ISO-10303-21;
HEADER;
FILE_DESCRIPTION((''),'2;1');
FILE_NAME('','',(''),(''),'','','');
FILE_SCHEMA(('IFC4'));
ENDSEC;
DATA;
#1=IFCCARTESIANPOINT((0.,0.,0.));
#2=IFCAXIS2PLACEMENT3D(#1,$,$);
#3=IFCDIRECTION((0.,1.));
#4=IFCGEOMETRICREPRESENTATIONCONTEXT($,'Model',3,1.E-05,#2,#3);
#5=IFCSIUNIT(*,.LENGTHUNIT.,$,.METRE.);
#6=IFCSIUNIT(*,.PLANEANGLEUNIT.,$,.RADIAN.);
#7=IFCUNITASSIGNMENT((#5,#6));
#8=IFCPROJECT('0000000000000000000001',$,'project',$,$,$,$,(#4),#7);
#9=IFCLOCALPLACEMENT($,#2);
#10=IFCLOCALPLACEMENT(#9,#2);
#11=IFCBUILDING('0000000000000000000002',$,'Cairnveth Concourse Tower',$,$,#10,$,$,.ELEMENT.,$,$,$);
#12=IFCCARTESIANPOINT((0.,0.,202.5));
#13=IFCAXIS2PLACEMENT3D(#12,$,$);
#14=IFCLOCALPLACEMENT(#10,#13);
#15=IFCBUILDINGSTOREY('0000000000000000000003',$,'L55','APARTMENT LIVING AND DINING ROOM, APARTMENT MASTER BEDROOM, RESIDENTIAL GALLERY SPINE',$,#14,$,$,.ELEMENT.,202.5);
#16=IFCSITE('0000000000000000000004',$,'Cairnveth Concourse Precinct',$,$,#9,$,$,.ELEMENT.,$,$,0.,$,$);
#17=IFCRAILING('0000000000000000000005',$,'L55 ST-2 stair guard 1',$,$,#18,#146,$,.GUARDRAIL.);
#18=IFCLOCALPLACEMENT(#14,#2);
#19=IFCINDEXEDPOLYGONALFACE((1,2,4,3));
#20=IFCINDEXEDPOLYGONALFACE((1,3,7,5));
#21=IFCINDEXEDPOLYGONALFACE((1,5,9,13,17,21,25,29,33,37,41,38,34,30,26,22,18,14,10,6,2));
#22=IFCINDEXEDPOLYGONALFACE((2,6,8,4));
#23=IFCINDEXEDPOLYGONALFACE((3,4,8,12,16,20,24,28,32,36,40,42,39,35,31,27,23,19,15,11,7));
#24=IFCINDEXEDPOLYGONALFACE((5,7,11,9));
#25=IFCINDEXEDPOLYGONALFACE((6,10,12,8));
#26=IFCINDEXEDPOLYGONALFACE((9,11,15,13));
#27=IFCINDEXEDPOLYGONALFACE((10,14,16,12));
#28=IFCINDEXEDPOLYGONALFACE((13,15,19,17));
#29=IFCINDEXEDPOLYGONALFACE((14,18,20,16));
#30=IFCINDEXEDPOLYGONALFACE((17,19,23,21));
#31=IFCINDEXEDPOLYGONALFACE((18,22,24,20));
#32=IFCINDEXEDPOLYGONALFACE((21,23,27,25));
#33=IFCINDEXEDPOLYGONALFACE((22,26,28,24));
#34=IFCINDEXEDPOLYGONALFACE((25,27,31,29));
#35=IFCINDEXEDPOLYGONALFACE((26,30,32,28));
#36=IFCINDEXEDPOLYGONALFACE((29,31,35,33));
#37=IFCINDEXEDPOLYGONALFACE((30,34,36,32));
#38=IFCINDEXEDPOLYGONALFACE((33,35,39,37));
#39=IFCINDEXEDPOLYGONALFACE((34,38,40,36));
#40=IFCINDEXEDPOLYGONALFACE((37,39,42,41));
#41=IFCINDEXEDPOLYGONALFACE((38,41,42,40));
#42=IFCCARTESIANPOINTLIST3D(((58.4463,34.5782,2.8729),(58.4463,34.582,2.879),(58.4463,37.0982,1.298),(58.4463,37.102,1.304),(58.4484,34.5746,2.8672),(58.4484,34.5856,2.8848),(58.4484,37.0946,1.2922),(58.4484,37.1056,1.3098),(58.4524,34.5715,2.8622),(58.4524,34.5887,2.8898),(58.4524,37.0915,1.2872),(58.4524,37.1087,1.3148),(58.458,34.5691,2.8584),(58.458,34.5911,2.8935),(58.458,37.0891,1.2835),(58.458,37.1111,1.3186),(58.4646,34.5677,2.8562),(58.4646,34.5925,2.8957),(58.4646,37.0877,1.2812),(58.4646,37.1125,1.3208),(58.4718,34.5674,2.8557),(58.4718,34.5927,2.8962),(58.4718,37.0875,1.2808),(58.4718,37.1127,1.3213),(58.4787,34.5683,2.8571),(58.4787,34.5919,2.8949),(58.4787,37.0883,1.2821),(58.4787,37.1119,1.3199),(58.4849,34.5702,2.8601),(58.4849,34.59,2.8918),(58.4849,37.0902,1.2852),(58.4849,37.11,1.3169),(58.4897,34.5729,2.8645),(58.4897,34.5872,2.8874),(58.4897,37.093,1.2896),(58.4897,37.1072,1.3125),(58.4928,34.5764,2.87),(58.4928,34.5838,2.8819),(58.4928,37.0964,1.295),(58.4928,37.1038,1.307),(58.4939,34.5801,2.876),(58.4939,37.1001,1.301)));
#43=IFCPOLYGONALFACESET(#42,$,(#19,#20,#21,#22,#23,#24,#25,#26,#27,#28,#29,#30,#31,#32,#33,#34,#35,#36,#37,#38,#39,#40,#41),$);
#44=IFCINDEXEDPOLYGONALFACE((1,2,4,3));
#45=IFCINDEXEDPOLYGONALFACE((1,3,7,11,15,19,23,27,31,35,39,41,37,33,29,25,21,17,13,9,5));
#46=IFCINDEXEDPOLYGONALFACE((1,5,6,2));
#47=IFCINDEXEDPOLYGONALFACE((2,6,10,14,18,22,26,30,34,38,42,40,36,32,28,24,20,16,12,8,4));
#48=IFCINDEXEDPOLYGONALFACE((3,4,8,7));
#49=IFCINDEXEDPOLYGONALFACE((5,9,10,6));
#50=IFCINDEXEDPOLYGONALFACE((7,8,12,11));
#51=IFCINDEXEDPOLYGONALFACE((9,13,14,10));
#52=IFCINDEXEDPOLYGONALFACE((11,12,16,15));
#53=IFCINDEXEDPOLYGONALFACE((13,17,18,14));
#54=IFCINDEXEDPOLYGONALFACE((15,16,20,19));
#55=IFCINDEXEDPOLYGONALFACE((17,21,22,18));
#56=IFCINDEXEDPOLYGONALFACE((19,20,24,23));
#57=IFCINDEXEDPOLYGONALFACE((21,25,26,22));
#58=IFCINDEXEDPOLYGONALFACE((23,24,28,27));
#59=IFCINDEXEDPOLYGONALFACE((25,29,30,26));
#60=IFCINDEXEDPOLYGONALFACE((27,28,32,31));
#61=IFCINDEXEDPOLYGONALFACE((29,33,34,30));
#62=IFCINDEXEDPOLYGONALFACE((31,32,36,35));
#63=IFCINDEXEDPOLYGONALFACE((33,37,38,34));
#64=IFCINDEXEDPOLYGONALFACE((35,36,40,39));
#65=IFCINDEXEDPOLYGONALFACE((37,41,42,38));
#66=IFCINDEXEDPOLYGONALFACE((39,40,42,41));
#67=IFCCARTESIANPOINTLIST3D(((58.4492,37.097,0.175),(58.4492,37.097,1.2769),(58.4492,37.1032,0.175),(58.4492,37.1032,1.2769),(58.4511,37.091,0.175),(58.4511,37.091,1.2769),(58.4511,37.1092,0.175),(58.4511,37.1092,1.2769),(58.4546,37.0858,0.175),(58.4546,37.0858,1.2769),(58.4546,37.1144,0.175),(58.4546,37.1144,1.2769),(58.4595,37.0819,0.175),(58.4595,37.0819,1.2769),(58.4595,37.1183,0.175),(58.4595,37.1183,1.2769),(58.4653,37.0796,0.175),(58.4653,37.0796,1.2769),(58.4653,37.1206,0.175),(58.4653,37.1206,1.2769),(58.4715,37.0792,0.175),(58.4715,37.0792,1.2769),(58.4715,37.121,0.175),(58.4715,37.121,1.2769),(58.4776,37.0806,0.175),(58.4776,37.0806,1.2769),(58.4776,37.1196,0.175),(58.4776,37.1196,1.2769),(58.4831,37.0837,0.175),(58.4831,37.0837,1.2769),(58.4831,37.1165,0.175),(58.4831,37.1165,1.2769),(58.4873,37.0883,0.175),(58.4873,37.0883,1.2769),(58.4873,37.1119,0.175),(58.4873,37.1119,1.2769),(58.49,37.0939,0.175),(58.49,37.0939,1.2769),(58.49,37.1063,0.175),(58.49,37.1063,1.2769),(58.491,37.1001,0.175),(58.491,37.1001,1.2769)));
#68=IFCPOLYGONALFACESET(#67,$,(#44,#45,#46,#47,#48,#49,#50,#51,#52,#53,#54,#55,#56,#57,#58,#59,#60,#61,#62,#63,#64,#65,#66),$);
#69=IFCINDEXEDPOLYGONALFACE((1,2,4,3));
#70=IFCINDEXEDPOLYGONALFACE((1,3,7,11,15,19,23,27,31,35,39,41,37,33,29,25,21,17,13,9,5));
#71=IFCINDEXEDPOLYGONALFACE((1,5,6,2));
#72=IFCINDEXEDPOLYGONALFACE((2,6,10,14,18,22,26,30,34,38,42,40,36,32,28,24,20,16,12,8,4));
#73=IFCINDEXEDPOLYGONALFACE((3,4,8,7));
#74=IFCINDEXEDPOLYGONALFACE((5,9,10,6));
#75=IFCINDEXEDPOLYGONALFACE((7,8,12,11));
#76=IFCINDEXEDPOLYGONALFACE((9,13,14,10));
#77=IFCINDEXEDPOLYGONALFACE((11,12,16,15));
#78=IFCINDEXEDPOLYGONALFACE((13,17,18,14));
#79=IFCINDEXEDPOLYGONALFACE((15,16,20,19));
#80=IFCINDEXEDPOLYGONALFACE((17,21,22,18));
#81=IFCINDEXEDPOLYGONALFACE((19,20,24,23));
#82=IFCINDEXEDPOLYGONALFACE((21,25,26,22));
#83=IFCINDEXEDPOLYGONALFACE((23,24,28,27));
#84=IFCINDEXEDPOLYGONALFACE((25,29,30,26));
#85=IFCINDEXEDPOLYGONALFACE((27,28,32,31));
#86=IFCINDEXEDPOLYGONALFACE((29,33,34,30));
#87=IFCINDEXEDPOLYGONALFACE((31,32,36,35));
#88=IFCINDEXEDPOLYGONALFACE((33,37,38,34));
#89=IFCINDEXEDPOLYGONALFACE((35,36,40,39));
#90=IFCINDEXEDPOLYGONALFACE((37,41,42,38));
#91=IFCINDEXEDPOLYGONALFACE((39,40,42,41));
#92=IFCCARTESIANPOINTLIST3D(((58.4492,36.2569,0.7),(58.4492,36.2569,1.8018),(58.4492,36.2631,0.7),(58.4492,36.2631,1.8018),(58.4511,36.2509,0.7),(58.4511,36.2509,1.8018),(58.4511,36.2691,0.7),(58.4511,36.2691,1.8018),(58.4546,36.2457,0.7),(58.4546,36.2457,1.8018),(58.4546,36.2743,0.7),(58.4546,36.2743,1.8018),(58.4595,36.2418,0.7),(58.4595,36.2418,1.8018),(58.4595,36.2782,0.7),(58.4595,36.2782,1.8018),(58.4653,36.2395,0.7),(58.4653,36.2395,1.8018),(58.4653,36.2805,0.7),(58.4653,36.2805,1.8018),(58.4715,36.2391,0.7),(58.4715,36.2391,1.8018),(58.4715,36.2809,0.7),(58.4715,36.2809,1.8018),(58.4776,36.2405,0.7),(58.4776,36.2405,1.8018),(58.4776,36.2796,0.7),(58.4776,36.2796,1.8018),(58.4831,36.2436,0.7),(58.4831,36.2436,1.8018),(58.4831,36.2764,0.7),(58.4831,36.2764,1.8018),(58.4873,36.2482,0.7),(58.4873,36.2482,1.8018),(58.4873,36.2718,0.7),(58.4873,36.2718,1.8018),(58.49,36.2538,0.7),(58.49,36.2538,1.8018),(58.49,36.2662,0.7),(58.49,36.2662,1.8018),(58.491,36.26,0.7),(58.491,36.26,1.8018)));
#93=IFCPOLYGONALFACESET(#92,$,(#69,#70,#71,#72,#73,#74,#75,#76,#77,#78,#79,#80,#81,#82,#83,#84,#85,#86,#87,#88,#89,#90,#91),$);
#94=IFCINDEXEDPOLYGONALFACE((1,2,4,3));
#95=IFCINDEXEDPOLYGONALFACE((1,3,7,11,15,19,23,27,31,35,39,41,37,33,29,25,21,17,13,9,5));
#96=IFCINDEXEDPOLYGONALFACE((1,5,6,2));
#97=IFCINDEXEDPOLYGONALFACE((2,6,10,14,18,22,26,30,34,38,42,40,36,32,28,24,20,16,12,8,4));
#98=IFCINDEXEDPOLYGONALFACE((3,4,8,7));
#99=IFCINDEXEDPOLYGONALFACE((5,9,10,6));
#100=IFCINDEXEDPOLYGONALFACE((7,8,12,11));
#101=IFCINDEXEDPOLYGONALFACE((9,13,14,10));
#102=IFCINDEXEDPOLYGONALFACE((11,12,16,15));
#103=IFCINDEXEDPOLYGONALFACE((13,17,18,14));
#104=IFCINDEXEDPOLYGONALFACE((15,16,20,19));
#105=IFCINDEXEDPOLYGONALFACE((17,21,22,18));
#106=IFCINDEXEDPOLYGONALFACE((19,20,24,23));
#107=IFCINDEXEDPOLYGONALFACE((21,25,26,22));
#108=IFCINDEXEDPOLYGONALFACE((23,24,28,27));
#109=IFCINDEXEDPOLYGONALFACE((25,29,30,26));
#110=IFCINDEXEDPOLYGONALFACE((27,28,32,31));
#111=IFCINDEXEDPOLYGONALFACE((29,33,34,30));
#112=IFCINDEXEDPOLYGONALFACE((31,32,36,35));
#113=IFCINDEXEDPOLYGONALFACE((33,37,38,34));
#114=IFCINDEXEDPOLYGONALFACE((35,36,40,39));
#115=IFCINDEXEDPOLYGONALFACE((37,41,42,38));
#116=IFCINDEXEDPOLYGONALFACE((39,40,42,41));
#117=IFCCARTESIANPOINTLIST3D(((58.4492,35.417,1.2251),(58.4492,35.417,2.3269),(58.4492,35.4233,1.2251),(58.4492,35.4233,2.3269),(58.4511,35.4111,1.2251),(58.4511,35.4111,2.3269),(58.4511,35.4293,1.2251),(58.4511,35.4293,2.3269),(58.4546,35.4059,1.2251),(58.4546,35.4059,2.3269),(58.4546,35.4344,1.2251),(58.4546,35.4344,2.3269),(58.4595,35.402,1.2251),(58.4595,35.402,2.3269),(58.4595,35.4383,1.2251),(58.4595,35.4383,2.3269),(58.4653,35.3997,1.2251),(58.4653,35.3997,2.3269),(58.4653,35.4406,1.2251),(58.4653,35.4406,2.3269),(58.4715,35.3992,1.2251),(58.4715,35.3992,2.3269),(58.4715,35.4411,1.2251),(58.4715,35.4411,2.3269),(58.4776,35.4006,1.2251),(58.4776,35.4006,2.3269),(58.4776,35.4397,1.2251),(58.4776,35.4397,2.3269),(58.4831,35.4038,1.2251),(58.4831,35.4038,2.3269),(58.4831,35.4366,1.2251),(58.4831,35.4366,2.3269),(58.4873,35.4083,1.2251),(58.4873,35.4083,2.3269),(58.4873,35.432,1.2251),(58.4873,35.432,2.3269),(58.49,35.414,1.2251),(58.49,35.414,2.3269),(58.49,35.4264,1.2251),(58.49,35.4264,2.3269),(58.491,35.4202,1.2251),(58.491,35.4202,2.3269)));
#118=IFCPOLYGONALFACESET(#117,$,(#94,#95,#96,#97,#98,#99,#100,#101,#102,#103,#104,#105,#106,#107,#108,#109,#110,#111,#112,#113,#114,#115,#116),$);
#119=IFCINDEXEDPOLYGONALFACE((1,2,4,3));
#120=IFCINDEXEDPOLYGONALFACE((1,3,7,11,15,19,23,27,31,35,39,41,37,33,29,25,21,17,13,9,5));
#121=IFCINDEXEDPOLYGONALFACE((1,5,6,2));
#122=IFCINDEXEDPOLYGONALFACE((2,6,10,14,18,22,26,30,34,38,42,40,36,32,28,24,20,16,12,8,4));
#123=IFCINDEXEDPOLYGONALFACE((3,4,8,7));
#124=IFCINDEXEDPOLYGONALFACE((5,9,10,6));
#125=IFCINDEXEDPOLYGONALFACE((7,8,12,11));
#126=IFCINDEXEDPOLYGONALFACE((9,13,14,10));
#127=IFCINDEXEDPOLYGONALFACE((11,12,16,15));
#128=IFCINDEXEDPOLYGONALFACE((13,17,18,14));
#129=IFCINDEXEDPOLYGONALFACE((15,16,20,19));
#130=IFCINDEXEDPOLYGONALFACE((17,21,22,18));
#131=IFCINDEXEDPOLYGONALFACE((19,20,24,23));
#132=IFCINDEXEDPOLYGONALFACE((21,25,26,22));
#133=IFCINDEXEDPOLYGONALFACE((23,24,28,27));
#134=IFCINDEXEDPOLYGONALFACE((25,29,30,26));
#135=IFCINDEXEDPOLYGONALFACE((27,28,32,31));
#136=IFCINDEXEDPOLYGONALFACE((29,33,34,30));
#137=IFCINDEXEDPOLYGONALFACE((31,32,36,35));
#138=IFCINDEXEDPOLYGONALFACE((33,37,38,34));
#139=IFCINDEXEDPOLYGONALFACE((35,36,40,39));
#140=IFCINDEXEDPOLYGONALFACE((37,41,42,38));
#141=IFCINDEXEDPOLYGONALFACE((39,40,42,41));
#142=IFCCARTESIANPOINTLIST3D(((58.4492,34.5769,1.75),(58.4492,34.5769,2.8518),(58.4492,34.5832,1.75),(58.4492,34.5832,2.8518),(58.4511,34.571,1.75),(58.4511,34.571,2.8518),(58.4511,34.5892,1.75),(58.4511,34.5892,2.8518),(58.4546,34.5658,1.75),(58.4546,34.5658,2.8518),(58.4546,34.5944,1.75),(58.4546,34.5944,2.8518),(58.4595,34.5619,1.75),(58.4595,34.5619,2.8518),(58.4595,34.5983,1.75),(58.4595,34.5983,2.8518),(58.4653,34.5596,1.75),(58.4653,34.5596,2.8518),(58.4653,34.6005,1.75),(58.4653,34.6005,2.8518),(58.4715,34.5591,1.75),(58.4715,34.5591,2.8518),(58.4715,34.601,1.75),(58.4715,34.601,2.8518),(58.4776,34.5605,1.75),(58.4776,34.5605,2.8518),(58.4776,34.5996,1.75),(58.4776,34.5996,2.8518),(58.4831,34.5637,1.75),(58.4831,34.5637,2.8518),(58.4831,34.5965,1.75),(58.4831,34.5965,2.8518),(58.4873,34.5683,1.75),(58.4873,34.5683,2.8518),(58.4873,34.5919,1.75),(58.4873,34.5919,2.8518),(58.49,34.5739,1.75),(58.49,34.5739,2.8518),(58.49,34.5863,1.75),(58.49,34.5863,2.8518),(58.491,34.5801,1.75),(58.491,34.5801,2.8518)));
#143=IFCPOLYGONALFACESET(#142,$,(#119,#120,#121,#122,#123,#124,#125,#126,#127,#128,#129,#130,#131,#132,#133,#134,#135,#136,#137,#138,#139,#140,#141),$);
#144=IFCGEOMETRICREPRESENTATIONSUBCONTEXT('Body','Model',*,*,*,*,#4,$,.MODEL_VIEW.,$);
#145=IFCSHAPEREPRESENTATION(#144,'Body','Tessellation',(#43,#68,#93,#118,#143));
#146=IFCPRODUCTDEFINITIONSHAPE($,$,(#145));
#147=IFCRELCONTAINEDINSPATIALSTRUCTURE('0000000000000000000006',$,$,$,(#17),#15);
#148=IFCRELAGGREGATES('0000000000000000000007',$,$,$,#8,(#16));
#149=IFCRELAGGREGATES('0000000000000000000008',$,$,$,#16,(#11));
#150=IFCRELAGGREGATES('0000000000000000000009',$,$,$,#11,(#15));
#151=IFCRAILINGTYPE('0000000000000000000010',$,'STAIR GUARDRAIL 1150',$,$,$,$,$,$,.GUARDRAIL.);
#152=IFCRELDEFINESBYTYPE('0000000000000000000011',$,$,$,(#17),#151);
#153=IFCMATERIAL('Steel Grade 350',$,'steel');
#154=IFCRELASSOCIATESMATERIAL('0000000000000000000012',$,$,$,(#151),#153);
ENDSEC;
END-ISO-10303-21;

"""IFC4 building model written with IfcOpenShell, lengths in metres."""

from ifc_helpers import new_model, si_unit, direction, frame, origin, origin_2d, place, context, subcontext, project, spatial, circle, extrude, material, type_object, element, save


model = new_model("IFC4")

# Units and contexts
model_context = context("Model", 3, precision=1e-05, world=origin(), true_north=direction((0.0, 1.0)))
body_context = subcontext(model_context, "Body", "Model", "MODEL_VIEW")
ifc_project = project(units=[si_unit("LENGTHUNIT", "METRE"), si_unit("PLANEANGLEUNIT", "RADIAN")], contexts=[model_context])

# Site, building, storey
site_placement = place(None, origin())
site = spatial("IfcSite", under=ifc_project, at=site_placement, Name="Cairnveth Concourse Precinct", CompositionType="ELEMENT", RefElevation=0.0)
building_placement = place(site_placement, origin())
building = spatial("IfcBuilding", under=site, at=building_placement, Name="Cairnveth Concourse Tower", CompositionType="ELEMENT")
storey_placement = place(building_placement, frame((0.0, 0.0, 202.5)))
storey = spatial("IfcBuildingStorey", under=building, at=storey_placement, Name="L55", Description="APARTMENT LIVING AND DINING ROOM, APARTMENT MASTER BEDROOM, RESIDENTIAL GALLERY SPINE", CompositionType="ELEMENT", Elevation=202.5)

# Shared definitions
ifc_material_1 = material(Name="Steel Grade 350", Category="steel")

# Railing
railing_type_1 = type_object("IfcRailingType", Name="STAIR GUARDRAIL 1150", PredefinedType="GUARDRAIL", material=ifc_material_1)
railing_1_placement = place(storey_placement, frame((58.47, 37.1001, 0.175)))
element("IfcRailing", 1, at=railing_1_placement, inside=storey, type_object=railing_type_1, Name="L55 ST-2 stair guard 1", PredefinedType="GUARDRAIL", context=body_context, shape_type="SweptSolid", body=[
    extrude(circle(Radius=0.0239, at=origin_2d()), frame((0.0, 0.0, 1.126), z_axis=(0.0, -0.848008, 0.529984), x_axis=(1.0, 0.0, 0.0)), (0.0, 0.0, 1.0), 2.9717),
    extrude(circle(Radius=0.021, at=origin_2d()), origin(), (0.0, 0.0, 1.0), 1.1018),
    extrude(circle(Radius=0.021, at=origin_2d()), frame((0.0, -0.8401, 0.5249)), (0.0, 0.0, 1.0), 1.1018),
    extrude(circle(Radius=0.021, at=origin_2d()), frame((0.0, -1.6799, 1.05)), (0.0, 0.0, 1.0), 1.1018),
    extrude(circle(Radius=0.021, at=origin_2d()), frame((0.0, -2.52, 1.575)), (0.0, 0.0, 1.0), 1.1018),
])

save(model, "model.ifc")
